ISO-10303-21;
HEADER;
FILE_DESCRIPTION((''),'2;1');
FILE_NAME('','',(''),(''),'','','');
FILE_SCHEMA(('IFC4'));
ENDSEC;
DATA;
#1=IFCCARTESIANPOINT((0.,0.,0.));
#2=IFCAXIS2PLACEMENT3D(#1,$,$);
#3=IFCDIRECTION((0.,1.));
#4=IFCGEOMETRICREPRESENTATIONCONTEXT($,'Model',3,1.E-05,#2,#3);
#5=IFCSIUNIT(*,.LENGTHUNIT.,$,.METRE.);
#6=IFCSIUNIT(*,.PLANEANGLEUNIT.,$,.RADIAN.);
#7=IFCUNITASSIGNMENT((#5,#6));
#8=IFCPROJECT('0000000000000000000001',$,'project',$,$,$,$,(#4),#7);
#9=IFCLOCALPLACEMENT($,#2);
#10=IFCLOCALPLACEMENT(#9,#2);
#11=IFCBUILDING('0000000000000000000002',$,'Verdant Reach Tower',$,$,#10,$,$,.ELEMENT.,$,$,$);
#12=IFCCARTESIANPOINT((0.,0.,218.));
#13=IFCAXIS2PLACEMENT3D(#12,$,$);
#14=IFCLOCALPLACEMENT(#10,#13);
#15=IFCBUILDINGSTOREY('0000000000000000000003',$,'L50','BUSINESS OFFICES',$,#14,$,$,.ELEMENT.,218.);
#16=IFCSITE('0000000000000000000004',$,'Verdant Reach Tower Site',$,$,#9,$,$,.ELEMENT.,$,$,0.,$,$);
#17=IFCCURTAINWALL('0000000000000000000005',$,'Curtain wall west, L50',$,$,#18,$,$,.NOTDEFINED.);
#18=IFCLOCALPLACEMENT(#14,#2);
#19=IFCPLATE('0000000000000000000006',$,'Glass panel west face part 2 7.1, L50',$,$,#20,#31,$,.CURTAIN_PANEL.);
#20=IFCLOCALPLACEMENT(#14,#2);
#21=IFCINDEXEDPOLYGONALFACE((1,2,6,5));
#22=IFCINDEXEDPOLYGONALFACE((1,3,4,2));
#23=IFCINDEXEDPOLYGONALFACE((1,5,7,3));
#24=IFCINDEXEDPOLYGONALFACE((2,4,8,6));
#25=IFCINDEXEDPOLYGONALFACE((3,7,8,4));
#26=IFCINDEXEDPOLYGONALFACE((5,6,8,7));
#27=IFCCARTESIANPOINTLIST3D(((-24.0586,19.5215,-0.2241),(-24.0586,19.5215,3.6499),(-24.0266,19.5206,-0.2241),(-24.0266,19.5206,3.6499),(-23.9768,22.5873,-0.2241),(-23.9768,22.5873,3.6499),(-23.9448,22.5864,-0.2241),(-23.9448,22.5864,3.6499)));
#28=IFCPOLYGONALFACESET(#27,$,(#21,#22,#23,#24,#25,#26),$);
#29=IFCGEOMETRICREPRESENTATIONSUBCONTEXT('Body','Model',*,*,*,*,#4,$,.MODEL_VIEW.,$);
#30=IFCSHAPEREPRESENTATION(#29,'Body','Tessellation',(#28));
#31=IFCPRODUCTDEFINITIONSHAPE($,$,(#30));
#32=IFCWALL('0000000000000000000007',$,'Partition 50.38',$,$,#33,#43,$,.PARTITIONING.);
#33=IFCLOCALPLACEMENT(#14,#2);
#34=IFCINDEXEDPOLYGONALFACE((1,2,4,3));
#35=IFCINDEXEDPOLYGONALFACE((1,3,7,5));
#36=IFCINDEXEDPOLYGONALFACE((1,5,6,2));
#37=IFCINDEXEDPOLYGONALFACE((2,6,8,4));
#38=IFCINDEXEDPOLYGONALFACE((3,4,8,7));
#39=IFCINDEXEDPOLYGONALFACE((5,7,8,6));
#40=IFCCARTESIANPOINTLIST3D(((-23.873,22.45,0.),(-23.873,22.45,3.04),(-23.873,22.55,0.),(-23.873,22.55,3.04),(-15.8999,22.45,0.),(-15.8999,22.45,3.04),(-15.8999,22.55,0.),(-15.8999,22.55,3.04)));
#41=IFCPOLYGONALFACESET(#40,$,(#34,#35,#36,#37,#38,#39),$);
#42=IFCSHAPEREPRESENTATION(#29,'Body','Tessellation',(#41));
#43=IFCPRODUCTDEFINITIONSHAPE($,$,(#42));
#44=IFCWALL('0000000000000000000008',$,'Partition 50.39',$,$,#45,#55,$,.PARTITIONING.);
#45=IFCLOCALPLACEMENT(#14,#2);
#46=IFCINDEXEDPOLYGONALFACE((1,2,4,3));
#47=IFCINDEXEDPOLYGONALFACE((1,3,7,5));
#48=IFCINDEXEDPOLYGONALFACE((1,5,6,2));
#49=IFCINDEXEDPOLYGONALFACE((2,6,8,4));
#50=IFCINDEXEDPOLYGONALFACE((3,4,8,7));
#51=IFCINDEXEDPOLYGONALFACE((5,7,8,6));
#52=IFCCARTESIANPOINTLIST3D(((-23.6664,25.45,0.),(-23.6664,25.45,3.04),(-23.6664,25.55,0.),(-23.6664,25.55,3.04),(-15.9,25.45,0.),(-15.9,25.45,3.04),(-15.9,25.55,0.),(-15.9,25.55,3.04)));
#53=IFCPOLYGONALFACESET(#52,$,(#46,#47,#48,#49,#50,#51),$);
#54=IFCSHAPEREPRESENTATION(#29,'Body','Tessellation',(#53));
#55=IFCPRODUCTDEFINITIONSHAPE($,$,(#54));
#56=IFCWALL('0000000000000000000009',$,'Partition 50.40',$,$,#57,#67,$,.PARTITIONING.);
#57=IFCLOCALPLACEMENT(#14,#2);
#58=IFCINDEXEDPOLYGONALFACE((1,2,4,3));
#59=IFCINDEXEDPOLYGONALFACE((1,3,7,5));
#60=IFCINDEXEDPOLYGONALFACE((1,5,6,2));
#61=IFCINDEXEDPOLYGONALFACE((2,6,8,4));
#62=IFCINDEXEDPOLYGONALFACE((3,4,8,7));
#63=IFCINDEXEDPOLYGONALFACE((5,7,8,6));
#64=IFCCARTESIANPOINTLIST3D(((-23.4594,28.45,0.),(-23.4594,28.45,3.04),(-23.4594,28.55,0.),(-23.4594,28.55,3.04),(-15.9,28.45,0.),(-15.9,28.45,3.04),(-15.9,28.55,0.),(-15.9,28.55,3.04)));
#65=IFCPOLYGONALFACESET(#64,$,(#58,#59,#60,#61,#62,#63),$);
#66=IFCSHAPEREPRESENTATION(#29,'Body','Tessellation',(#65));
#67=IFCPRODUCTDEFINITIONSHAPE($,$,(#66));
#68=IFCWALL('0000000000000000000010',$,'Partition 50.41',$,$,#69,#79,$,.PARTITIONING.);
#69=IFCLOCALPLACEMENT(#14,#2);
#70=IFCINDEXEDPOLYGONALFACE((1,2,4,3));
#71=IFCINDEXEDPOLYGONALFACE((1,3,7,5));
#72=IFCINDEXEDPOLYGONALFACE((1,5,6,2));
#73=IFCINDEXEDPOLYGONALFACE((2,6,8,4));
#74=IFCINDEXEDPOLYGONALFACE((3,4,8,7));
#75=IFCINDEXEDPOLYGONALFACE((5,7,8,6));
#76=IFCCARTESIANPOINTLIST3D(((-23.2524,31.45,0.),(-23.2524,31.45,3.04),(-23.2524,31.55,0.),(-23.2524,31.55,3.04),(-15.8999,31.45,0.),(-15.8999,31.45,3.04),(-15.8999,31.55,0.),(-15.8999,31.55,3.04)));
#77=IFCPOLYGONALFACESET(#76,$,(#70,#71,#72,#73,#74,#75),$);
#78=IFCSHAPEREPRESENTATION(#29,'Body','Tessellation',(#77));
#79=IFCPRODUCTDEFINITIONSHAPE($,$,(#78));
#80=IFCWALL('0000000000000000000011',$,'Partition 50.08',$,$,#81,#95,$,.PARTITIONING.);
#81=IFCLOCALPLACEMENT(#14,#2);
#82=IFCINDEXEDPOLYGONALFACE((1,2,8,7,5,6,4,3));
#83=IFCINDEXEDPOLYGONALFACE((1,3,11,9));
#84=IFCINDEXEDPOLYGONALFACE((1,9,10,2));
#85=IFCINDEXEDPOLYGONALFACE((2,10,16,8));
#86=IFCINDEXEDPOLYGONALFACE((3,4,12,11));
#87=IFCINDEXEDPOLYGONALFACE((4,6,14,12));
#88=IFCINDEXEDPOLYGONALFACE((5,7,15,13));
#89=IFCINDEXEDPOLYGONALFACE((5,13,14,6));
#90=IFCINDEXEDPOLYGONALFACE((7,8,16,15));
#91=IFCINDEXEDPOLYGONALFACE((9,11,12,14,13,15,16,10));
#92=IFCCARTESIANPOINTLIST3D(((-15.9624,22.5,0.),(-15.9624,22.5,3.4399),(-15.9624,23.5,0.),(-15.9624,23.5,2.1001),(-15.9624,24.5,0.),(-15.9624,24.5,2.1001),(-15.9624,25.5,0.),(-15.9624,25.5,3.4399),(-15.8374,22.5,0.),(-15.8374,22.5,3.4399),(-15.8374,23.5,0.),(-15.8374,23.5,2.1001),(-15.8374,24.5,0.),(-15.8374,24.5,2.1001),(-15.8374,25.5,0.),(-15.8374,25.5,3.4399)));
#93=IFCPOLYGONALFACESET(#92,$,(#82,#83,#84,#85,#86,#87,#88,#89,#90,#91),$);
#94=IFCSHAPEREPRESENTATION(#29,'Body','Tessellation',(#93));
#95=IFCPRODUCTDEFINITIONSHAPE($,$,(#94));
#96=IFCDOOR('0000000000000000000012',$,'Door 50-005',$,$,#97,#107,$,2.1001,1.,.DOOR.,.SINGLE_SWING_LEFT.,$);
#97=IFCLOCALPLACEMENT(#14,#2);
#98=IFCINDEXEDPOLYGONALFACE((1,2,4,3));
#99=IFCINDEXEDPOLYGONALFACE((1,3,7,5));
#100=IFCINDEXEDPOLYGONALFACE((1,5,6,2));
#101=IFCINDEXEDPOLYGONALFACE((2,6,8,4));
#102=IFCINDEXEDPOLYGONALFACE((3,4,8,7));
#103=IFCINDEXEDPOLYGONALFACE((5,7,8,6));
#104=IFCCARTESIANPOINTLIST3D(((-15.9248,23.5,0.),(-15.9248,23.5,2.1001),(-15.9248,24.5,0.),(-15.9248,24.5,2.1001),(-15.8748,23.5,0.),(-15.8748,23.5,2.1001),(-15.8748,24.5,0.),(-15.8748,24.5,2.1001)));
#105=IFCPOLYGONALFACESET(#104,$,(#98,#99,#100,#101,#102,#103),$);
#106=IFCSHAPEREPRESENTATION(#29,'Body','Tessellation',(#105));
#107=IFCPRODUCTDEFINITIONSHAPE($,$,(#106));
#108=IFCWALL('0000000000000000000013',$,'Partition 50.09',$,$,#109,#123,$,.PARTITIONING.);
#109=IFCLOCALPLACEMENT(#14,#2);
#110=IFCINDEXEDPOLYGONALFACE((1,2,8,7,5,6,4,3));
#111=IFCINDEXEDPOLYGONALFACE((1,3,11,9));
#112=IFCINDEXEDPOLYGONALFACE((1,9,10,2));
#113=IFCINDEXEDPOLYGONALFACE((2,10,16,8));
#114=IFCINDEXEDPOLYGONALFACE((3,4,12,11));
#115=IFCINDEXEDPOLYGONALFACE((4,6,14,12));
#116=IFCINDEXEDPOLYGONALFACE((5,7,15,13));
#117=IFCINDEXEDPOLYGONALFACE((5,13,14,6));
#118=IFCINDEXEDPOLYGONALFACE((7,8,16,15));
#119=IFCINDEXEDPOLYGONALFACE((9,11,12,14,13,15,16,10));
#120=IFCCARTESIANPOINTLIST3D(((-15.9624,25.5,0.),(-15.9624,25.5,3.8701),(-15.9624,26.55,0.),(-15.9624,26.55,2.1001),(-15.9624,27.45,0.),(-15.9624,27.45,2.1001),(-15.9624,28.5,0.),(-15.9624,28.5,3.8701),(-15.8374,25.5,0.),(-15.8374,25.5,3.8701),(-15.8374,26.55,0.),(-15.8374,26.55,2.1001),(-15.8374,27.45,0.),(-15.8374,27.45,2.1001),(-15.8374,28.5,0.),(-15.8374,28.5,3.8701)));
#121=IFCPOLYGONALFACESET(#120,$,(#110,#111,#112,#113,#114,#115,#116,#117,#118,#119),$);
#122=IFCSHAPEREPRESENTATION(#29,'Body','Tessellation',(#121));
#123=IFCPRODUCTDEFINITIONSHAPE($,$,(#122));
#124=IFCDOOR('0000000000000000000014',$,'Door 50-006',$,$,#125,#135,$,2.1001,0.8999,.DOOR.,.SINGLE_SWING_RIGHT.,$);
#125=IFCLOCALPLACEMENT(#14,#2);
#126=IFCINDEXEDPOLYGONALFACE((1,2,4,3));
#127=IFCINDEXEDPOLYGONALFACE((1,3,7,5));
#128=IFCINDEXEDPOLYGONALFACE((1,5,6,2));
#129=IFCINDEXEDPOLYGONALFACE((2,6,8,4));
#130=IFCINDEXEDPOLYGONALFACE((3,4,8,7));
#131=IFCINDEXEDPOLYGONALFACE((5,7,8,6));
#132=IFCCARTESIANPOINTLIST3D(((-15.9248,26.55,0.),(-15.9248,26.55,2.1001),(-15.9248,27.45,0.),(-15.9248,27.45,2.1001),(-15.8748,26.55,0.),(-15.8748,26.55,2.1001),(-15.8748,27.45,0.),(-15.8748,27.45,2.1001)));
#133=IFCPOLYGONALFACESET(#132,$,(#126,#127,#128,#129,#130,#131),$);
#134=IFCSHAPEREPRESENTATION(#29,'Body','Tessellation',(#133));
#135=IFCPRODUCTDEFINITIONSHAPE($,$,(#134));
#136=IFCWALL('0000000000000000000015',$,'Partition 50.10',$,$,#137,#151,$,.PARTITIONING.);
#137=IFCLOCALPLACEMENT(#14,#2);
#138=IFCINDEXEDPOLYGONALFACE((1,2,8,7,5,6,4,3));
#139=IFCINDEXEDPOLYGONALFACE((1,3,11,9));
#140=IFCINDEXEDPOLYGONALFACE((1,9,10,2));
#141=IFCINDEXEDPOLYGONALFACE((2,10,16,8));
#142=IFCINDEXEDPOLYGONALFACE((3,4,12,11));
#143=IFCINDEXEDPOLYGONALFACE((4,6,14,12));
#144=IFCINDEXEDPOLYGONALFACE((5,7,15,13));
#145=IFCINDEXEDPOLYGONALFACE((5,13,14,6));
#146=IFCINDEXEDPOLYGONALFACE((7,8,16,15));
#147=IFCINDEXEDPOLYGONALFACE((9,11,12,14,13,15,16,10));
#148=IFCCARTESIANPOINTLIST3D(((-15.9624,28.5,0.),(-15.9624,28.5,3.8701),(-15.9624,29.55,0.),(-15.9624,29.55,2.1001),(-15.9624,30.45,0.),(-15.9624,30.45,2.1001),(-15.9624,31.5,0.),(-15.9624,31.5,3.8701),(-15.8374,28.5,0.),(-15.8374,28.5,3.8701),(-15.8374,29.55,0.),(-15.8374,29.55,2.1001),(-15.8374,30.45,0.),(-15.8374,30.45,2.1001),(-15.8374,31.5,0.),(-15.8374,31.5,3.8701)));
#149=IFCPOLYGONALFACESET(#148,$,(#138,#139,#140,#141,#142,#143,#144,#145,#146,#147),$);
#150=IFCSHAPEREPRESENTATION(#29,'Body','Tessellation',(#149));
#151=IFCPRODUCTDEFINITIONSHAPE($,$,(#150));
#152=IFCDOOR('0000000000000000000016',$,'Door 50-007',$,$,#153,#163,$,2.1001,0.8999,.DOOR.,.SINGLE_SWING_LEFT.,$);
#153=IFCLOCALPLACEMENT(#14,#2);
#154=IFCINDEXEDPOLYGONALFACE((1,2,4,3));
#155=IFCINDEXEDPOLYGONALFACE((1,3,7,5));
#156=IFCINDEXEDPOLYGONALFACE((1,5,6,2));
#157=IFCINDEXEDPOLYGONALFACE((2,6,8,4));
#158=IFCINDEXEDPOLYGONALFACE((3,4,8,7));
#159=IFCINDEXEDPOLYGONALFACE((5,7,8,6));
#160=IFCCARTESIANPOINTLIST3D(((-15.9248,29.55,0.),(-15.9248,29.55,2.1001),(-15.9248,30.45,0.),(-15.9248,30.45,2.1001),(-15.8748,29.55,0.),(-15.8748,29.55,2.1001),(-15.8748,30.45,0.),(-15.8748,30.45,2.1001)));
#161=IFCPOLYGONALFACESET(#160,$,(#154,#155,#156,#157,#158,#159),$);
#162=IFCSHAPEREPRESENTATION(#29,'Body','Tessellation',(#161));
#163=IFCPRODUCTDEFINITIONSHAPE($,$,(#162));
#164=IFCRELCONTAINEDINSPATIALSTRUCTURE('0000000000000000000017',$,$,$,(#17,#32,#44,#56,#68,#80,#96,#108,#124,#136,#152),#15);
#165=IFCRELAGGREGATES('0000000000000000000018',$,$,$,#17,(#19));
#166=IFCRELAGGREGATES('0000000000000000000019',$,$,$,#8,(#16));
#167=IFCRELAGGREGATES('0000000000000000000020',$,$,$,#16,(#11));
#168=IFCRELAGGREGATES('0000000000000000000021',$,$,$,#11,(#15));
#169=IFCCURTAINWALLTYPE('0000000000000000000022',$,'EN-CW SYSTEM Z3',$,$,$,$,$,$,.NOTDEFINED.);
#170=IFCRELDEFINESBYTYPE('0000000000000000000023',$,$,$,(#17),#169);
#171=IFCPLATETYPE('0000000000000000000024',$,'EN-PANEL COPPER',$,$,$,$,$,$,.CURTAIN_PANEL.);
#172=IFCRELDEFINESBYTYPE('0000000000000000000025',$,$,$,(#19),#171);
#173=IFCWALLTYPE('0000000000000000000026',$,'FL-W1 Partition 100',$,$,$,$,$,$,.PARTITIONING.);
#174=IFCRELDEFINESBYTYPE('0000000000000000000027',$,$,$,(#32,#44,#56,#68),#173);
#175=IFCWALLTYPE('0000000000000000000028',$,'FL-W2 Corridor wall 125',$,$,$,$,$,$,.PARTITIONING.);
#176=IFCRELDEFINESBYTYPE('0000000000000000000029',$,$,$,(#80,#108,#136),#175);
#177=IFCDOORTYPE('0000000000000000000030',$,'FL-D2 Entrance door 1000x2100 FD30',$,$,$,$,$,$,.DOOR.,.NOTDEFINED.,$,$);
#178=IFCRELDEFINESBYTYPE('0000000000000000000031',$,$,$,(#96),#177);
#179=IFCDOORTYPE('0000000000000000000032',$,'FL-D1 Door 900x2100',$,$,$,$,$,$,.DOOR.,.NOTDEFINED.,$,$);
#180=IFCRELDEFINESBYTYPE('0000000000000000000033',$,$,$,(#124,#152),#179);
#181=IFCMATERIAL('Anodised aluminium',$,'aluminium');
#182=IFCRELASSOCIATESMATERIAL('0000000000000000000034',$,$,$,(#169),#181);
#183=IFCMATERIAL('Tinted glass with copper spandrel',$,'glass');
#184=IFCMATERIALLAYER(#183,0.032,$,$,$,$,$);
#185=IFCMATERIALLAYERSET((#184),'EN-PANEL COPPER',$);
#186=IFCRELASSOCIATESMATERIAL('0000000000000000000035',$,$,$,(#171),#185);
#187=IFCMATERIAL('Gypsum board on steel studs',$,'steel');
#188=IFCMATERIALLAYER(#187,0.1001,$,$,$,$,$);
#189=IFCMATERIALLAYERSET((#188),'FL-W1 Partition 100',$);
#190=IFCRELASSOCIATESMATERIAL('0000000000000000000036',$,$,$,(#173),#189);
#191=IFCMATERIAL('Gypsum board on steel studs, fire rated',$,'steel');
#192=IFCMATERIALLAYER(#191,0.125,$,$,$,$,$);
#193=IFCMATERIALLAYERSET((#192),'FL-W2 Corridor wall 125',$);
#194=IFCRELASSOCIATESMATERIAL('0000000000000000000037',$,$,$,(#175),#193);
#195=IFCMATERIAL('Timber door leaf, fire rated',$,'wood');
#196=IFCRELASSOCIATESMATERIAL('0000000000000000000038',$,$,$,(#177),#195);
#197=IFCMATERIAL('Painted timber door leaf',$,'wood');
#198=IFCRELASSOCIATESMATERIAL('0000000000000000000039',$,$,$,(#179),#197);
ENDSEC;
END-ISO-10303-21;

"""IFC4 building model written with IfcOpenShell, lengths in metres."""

from ifc_helpers import new_model, si_unit, direction, frame, frame_2d, origin, origin_2d, place, context, subcontext, project, spatial, rectangle, extrude, material, layer, layer_set, type_object, element, fill, aggregate, save


model = new_model("IFC4")

# Units and contexts
model_context = context("Model", 3, precision=1e-05, world=origin(), true_north=direction((0.0, 1.0)))
body_context = subcontext(model_context, "Body", "Model", "MODEL_VIEW")
ifc_project = project(units=[si_unit("LENGTHUNIT", "METRE"), si_unit("PLANEANGLEUNIT", "RADIAN")], contexts=[model_context])

# Site, building, storey
site_placement = place(None, origin())
site = spatial("IfcSite", under=ifc_project, at=site_placement, Name="Verdant Reach Tower Site", CompositionType="ELEMENT", RefElevation=0.0)
building_placement = place(site_placement, origin())
building = spatial("IfcBuilding", under=site, at=building_placement, Name="Verdant Reach Tower", CompositionType="ELEMENT")
storey_placement = place(building_placement, frame((0.0, 0.0, 218.0)))
storey = spatial("IfcBuildingStorey", under=building, at=storey_placement, Name="L50", Description="BUSINESS OFFICES", CompositionType="ELEMENT", Elevation=218.0)

# Curtain wall
ifc_material_1 = material(Name="Anodised aluminium", Category="aluminium")
curtain_wall_type = type_object("IfcCurtainWallType", Name="EN-CW SYSTEM Z3", PredefinedType="NOTDEFINED", material=ifc_material_1)
curtain_wall_placement = place(storey_placement, origin())
curtain_wall = element("IfcCurtainWall", 1, at=curtain_wall_placement, inside=storey, type_object=curtain_wall_type, Name="Curtain wall west, L50", PredefinedType="NOTDEFINED")

# Plate
ifc_material_2 = material(Name="Tinted glass with copper spandrel", Category="glass")
ifc_layer_1 = layer(ifc_material_2, 0.032)
ifc_layer_set_1 = layer_set([ifc_layer_1], Name="EN-PANEL COPPER")
plate_type_1 = type_object("IfcPlateType", Name="EN-PANEL COPPER", PredefinedType="CURTAIN_PANEL", material=ifc_layer_set_1)
plate_1_placement = place(storey_placement, frame((-24.0017, 21.054, -0.2241), z_axis=(0.0, 0.0, 1.0), x_axis=(-0.02666, -0.999645, 0.0)))
plate_1 = element("IfcPlate", 2, at=plate_1_placement, type_object=plate_type_1, Name="Glass panel west face part 2 7.1, L50", PredefinedType="CURTAIN_PANEL", context=body_context, shape_type="SweptSolid", body=[
    extrude(rectangle(XDim=3.0669, YDim=0.032, at=origin_2d()), origin(), (0.0, 0.0, 1.0), 3.874),
])
aggregate(curtain_wall, [plate_1])

# Walls
ifc_material_3 = material(Name="Gypsum board on steel studs", Category="steel")
ifc_layer_2 = layer(ifc_material_3, 0.1001)
ifc_layer_set_2 = layer_set([ifc_layer_2], Name="FL-W1 Partition 100")
wall_type_1 = type_object("IfcWallType", Name="FL-W1 Partition 100", PredefinedType="PARTITIONING", material=ifc_layer_set_2)
wall_1_placement = place(storey_placement, frame((-15.8999, 22.5, 0.0), z_axis=(0.0, 0.0, 1.0), x_axis=(-1.0, 0.0, 0.0)))
element("IfcWall", 3, at=wall_1_placement, inside=storey, type_object=wall_type_1, Name="Partition 50.38", PredefinedType="PARTITIONING", context=body_context, shape_type="SweptSolid", body=[
    extrude(rectangle(XDim=7.9731, YDim=0.1001, at=frame_2d((3.9866, 0.0))), origin(), (0.0, 0.0, 1.0), 3.04),
])
wall_2_placement = place(storey_placement, frame((-15.8999, 25.5, 0.0), z_axis=(0.0, 0.0, 1.0), x_axis=(-1.0, 0.0, 0.0)))
element("IfcWall", 4, at=wall_2_placement, inside=storey, type_object=wall_type_1, Name="Partition 50.39", PredefinedType="PARTITIONING", context=body_context, shape_type="SweptSolid", body=[
    extrude(rectangle(XDim=7.7664, YDim=0.1001, at=frame_2d((3.8833, 0.0))), origin(), (0.0, 0.0, 1.0), 3.04),
])
wall_3_placement = place(storey_placement, frame((-15.8999, 28.5, 0.0), z_axis=(0.0, 0.0, 1.0), x_axis=(-1.0, 0.0, 0.0)))
element("IfcWall", 5, at=wall_3_placement, inside=storey, type_object=wall_type_1, Name="Partition 50.40", PredefinedType="PARTITIONING", context=body_context, shape_type="SweptSolid", body=[
    extrude(rectangle(XDim=7.5593, YDim=0.1001, at=frame_2d((3.7798, 0.0))), origin(), (0.0, 0.0, 1.0), 3.04),
])
wall_4_placement = place(storey_placement, frame((-15.8999, 31.5, 0.0), z_axis=(0.0, 0.0, 1.0), x_axis=(-1.0, 0.0, 0.0)))
element("IfcWall", 6, at=wall_4_placement, inside=storey, type_object=wall_type_1, Name="Partition 50.41", PredefinedType="PARTITIONING", context=body_context, shape_type="SweptSolid", body=[
    extrude(rectangle(XDim=7.3525, YDim=0.1001, at=frame_2d((3.6763, 0.0))), origin(), (0.0, 0.0, 1.0), 3.04),
])

# Walls, openings, doors
ifc_material_4 = material(Name="Gypsum board on steel studs, fire rated", Category="steel")
ifc_layer_3 = layer(ifc_material_4, 0.125)
ifc_layer_set_3 = layer_set([ifc_layer_3], Name="FL-W2 Corridor wall 125")
wall_type_2 = type_object("IfcWallType", Name="FL-W2 Corridor wall 125", PredefinedType="PARTITIONING", material=ifc_layer_set_3)
wall_5_placement = place(storey_placement, frame((-15.8999, 22.5, 0.0), z_axis=(0.0, 0.0, 1.0), x_axis=(0.0, 1.0, 0.0)))
wall_5 = element("IfcWall", 7, at=wall_5_placement, inside=storey, type_object=wall_type_2, Name="Partition 50.08", PredefinedType="PARTITIONING", context=body_context, shape_type="SweptSolid", body=[
    extrude(rectangle(XDim=3.0, YDim=0.125, at=frame_2d((1.5, 0.0))), origin(), (0.0, 0.0, 1.0), 3.4399),
])
opening_1_placement = place(wall_5_placement, frame((1.0, 0.0, 0.0)))
opening_1 = element("IfcOpeningElement", 8, at=opening_1_placement, cuts=wall_5, PredefinedType="OPENING", context=body_context, shape_type="SweptSolid", body=[
    extrude(rectangle(XDim=1.0, YDim=2.1001, at=frame_2d((0.5, 1.05))), frame((0.0, 0.0725, 0.0), z_axis=(0.0, -1.0, 0.0), x_axis=(1.0, 0.0, 0.0)), (0.0, 0.0, 1.0), 0.145),
])
ifc_material_5 = material(Name="Timber door leaf, fire rated", Category="wood")
door_type_1 = type_object("IfcDoorType", Name="FL-D2 Entrance door 1000x2100 FD30", OperationType="NOTDEFINED", PredefinedType="DOOR", material=ifc_material_5)
door_1_placement = place(opening_1_placement, origin())
door_1 = element("IfcDoor", 9, at=door_1_placement, inside=storey, type_object=door_type_1, Name="Door 50-005", OperationType="SINGLE_SWING_LEFT", OverallHeight=2.1001, OverallWidth=1.0, PredefinedType="DOOR", context=body_context, shape_type="SweptSolid", body=[
    extrude(rectangle(XDim=1.0, YDim=2.1001, at=frame_2d((0.5, 1.05))), frame((0.0, 0.0249, 0.0), z_axis=(0.0, -1.0, 0.0), x_axis=(1.0, 0.0, 0.0)), (0.0, 0.0, 1.0), 0.05),
])
fill(opening_1, door_1)
wall_6_placement = place(storey_placement, frame((-15.8999, 25.5, 0.0), z_axis=(0.0, 0.0, 1.0), x_axis=(0.0, 1.0, 0.0)))
wall_6 = element("IfcWall", 10, at=wall_6_placement, inside=storey, type_object=wall_type_2, Name="Partition 50.09", PredefinedType="PARTITIONING", context=body_context, shape_type="SweptSolid", body=[
    extrude(rectangle(XDim=3.0, YDim=0.125, at=frame_2d((1.5, 0.0))), origin(), (0.0, 0.0, 1.0), 3.8701),
])
opening_2_placement = place(wall_6_placement, frame((1.05, 0.0, 0.0)))
opening_2 = element("IfcOpeningElement", 11, at=opening_2_placement, cuts=wall_6, PredefinedType="OPENING", context=body_context, shape_type="SweptSolid", body=[
    extrude(rectangle(XDim=0.8999, YDim=2.1001, at=frame_2d((0.45, 1.05))), frame((0.0, 0.0725, 0.0), z_axis=(0.0, -1.0, 0.0), x_axis=(1.0, 0.0, 0.0)), (0.0, 0.0, 1.0), 0.145),
])
ifc_material_6 = material(Name="Painted timber door leaf", Category="wood")
door_type_2 = type_object("IfcDoorType", Name="FL-D1 Door 900x2100", OperationType="NOTDEFINED", PredefinedType="DOOR", material=ifc_material_6)
door_2_placement = place(opening_2_placement, origin())
door_2 = element("IfcDoor", 12, at=door_2_placement, inside=storey, type_object=door_type_2, Name="Door 50-006", OperationType="SINGLE_SWING_RIGHT", OverallHeight=2.1001, OverallWidth=0.8999, PredefinedType="DOOR", context=body_context, shape_type="SweptSolid", body=[
    extrude(rectangle(XDim=0.8999, YDim=2.1001, at=frame_2d((0.45, 1.05))), frame((0.0, 0.0249, 0.0), z_axis=(0.0, -1.0, 0.0), x_axis=(1.0, 0.0, 0.0)), (0.0, 0.0, 1.0), 0.05),
])
fill(opening_2, door_2)
wall_7_placement = place(storey_placement, frame((-15.8999, 28.5, 0.0), z_axis=(0.0, 0.0, 1.0), x_axis=(0.0, 1.0, 0.0)))
wall_7 = element("IfcWall", 13, at=wall_7_placement, inside=storey, type_object=wall_type_2, Name="Partition 50.10", PredefinedType="PARTITIONING", context=body_context, shape_type="SweptSolid", body=[
    extrude(rectangle(XDim=3.0, YDim=0.125, at=frame_2d((1.5, 0.0))), origin(), (0.0, 0.0, 1.0), 3.8701),
])
opening_3_placement = place(wall_7_placement, frame((1.05, 0.0, 0.0)))
opening_3 = element("IfcOpeningElement", 14, at=opening_3_placement, cuts=wall_7, PredefinedType="OPENING", context=body_context, shape_type="SweptSolid", body=[
    extrude(rectangle(XDim=0.8999, YDim=2.1001, at=frame_2d((0.45, 1.05))), frame((0.0, 0.0725, 0.0), z_axis=(0.0, -1.0, 0.0), x_axis=(1.0, 0.0, 0.0)), (0.0, 0.0, 1.0), 0.145),
])
door_3_placement = place(opening_3_placement, origin())
door_3 = element("IfcDoor", 15, at=door_3_placement, inside=storey, type_object=door_type_2, Name="Door 50-007", OperationType="SINGLE_SWING_LEFT", OverallHeight=2.1001, OverallWidth=0.8999, PredefinedType="DOOR", context=body_context, shape_type="SweptSolid", body=[
    extrude(rectangle(XDim=0.8999, YDim=2.1001, at=frame_2d((0.45, 1.05))), frame((0.0, 0.0249, 0.0), z_axis=(0.0, -1.0, 0.0), x_axis=(1.0, 0.0, 0.0)), (0.0, 0.0, 1.0), 0.05),
])
fill(opening_3, door_3)

save(model, "model.ifc")
